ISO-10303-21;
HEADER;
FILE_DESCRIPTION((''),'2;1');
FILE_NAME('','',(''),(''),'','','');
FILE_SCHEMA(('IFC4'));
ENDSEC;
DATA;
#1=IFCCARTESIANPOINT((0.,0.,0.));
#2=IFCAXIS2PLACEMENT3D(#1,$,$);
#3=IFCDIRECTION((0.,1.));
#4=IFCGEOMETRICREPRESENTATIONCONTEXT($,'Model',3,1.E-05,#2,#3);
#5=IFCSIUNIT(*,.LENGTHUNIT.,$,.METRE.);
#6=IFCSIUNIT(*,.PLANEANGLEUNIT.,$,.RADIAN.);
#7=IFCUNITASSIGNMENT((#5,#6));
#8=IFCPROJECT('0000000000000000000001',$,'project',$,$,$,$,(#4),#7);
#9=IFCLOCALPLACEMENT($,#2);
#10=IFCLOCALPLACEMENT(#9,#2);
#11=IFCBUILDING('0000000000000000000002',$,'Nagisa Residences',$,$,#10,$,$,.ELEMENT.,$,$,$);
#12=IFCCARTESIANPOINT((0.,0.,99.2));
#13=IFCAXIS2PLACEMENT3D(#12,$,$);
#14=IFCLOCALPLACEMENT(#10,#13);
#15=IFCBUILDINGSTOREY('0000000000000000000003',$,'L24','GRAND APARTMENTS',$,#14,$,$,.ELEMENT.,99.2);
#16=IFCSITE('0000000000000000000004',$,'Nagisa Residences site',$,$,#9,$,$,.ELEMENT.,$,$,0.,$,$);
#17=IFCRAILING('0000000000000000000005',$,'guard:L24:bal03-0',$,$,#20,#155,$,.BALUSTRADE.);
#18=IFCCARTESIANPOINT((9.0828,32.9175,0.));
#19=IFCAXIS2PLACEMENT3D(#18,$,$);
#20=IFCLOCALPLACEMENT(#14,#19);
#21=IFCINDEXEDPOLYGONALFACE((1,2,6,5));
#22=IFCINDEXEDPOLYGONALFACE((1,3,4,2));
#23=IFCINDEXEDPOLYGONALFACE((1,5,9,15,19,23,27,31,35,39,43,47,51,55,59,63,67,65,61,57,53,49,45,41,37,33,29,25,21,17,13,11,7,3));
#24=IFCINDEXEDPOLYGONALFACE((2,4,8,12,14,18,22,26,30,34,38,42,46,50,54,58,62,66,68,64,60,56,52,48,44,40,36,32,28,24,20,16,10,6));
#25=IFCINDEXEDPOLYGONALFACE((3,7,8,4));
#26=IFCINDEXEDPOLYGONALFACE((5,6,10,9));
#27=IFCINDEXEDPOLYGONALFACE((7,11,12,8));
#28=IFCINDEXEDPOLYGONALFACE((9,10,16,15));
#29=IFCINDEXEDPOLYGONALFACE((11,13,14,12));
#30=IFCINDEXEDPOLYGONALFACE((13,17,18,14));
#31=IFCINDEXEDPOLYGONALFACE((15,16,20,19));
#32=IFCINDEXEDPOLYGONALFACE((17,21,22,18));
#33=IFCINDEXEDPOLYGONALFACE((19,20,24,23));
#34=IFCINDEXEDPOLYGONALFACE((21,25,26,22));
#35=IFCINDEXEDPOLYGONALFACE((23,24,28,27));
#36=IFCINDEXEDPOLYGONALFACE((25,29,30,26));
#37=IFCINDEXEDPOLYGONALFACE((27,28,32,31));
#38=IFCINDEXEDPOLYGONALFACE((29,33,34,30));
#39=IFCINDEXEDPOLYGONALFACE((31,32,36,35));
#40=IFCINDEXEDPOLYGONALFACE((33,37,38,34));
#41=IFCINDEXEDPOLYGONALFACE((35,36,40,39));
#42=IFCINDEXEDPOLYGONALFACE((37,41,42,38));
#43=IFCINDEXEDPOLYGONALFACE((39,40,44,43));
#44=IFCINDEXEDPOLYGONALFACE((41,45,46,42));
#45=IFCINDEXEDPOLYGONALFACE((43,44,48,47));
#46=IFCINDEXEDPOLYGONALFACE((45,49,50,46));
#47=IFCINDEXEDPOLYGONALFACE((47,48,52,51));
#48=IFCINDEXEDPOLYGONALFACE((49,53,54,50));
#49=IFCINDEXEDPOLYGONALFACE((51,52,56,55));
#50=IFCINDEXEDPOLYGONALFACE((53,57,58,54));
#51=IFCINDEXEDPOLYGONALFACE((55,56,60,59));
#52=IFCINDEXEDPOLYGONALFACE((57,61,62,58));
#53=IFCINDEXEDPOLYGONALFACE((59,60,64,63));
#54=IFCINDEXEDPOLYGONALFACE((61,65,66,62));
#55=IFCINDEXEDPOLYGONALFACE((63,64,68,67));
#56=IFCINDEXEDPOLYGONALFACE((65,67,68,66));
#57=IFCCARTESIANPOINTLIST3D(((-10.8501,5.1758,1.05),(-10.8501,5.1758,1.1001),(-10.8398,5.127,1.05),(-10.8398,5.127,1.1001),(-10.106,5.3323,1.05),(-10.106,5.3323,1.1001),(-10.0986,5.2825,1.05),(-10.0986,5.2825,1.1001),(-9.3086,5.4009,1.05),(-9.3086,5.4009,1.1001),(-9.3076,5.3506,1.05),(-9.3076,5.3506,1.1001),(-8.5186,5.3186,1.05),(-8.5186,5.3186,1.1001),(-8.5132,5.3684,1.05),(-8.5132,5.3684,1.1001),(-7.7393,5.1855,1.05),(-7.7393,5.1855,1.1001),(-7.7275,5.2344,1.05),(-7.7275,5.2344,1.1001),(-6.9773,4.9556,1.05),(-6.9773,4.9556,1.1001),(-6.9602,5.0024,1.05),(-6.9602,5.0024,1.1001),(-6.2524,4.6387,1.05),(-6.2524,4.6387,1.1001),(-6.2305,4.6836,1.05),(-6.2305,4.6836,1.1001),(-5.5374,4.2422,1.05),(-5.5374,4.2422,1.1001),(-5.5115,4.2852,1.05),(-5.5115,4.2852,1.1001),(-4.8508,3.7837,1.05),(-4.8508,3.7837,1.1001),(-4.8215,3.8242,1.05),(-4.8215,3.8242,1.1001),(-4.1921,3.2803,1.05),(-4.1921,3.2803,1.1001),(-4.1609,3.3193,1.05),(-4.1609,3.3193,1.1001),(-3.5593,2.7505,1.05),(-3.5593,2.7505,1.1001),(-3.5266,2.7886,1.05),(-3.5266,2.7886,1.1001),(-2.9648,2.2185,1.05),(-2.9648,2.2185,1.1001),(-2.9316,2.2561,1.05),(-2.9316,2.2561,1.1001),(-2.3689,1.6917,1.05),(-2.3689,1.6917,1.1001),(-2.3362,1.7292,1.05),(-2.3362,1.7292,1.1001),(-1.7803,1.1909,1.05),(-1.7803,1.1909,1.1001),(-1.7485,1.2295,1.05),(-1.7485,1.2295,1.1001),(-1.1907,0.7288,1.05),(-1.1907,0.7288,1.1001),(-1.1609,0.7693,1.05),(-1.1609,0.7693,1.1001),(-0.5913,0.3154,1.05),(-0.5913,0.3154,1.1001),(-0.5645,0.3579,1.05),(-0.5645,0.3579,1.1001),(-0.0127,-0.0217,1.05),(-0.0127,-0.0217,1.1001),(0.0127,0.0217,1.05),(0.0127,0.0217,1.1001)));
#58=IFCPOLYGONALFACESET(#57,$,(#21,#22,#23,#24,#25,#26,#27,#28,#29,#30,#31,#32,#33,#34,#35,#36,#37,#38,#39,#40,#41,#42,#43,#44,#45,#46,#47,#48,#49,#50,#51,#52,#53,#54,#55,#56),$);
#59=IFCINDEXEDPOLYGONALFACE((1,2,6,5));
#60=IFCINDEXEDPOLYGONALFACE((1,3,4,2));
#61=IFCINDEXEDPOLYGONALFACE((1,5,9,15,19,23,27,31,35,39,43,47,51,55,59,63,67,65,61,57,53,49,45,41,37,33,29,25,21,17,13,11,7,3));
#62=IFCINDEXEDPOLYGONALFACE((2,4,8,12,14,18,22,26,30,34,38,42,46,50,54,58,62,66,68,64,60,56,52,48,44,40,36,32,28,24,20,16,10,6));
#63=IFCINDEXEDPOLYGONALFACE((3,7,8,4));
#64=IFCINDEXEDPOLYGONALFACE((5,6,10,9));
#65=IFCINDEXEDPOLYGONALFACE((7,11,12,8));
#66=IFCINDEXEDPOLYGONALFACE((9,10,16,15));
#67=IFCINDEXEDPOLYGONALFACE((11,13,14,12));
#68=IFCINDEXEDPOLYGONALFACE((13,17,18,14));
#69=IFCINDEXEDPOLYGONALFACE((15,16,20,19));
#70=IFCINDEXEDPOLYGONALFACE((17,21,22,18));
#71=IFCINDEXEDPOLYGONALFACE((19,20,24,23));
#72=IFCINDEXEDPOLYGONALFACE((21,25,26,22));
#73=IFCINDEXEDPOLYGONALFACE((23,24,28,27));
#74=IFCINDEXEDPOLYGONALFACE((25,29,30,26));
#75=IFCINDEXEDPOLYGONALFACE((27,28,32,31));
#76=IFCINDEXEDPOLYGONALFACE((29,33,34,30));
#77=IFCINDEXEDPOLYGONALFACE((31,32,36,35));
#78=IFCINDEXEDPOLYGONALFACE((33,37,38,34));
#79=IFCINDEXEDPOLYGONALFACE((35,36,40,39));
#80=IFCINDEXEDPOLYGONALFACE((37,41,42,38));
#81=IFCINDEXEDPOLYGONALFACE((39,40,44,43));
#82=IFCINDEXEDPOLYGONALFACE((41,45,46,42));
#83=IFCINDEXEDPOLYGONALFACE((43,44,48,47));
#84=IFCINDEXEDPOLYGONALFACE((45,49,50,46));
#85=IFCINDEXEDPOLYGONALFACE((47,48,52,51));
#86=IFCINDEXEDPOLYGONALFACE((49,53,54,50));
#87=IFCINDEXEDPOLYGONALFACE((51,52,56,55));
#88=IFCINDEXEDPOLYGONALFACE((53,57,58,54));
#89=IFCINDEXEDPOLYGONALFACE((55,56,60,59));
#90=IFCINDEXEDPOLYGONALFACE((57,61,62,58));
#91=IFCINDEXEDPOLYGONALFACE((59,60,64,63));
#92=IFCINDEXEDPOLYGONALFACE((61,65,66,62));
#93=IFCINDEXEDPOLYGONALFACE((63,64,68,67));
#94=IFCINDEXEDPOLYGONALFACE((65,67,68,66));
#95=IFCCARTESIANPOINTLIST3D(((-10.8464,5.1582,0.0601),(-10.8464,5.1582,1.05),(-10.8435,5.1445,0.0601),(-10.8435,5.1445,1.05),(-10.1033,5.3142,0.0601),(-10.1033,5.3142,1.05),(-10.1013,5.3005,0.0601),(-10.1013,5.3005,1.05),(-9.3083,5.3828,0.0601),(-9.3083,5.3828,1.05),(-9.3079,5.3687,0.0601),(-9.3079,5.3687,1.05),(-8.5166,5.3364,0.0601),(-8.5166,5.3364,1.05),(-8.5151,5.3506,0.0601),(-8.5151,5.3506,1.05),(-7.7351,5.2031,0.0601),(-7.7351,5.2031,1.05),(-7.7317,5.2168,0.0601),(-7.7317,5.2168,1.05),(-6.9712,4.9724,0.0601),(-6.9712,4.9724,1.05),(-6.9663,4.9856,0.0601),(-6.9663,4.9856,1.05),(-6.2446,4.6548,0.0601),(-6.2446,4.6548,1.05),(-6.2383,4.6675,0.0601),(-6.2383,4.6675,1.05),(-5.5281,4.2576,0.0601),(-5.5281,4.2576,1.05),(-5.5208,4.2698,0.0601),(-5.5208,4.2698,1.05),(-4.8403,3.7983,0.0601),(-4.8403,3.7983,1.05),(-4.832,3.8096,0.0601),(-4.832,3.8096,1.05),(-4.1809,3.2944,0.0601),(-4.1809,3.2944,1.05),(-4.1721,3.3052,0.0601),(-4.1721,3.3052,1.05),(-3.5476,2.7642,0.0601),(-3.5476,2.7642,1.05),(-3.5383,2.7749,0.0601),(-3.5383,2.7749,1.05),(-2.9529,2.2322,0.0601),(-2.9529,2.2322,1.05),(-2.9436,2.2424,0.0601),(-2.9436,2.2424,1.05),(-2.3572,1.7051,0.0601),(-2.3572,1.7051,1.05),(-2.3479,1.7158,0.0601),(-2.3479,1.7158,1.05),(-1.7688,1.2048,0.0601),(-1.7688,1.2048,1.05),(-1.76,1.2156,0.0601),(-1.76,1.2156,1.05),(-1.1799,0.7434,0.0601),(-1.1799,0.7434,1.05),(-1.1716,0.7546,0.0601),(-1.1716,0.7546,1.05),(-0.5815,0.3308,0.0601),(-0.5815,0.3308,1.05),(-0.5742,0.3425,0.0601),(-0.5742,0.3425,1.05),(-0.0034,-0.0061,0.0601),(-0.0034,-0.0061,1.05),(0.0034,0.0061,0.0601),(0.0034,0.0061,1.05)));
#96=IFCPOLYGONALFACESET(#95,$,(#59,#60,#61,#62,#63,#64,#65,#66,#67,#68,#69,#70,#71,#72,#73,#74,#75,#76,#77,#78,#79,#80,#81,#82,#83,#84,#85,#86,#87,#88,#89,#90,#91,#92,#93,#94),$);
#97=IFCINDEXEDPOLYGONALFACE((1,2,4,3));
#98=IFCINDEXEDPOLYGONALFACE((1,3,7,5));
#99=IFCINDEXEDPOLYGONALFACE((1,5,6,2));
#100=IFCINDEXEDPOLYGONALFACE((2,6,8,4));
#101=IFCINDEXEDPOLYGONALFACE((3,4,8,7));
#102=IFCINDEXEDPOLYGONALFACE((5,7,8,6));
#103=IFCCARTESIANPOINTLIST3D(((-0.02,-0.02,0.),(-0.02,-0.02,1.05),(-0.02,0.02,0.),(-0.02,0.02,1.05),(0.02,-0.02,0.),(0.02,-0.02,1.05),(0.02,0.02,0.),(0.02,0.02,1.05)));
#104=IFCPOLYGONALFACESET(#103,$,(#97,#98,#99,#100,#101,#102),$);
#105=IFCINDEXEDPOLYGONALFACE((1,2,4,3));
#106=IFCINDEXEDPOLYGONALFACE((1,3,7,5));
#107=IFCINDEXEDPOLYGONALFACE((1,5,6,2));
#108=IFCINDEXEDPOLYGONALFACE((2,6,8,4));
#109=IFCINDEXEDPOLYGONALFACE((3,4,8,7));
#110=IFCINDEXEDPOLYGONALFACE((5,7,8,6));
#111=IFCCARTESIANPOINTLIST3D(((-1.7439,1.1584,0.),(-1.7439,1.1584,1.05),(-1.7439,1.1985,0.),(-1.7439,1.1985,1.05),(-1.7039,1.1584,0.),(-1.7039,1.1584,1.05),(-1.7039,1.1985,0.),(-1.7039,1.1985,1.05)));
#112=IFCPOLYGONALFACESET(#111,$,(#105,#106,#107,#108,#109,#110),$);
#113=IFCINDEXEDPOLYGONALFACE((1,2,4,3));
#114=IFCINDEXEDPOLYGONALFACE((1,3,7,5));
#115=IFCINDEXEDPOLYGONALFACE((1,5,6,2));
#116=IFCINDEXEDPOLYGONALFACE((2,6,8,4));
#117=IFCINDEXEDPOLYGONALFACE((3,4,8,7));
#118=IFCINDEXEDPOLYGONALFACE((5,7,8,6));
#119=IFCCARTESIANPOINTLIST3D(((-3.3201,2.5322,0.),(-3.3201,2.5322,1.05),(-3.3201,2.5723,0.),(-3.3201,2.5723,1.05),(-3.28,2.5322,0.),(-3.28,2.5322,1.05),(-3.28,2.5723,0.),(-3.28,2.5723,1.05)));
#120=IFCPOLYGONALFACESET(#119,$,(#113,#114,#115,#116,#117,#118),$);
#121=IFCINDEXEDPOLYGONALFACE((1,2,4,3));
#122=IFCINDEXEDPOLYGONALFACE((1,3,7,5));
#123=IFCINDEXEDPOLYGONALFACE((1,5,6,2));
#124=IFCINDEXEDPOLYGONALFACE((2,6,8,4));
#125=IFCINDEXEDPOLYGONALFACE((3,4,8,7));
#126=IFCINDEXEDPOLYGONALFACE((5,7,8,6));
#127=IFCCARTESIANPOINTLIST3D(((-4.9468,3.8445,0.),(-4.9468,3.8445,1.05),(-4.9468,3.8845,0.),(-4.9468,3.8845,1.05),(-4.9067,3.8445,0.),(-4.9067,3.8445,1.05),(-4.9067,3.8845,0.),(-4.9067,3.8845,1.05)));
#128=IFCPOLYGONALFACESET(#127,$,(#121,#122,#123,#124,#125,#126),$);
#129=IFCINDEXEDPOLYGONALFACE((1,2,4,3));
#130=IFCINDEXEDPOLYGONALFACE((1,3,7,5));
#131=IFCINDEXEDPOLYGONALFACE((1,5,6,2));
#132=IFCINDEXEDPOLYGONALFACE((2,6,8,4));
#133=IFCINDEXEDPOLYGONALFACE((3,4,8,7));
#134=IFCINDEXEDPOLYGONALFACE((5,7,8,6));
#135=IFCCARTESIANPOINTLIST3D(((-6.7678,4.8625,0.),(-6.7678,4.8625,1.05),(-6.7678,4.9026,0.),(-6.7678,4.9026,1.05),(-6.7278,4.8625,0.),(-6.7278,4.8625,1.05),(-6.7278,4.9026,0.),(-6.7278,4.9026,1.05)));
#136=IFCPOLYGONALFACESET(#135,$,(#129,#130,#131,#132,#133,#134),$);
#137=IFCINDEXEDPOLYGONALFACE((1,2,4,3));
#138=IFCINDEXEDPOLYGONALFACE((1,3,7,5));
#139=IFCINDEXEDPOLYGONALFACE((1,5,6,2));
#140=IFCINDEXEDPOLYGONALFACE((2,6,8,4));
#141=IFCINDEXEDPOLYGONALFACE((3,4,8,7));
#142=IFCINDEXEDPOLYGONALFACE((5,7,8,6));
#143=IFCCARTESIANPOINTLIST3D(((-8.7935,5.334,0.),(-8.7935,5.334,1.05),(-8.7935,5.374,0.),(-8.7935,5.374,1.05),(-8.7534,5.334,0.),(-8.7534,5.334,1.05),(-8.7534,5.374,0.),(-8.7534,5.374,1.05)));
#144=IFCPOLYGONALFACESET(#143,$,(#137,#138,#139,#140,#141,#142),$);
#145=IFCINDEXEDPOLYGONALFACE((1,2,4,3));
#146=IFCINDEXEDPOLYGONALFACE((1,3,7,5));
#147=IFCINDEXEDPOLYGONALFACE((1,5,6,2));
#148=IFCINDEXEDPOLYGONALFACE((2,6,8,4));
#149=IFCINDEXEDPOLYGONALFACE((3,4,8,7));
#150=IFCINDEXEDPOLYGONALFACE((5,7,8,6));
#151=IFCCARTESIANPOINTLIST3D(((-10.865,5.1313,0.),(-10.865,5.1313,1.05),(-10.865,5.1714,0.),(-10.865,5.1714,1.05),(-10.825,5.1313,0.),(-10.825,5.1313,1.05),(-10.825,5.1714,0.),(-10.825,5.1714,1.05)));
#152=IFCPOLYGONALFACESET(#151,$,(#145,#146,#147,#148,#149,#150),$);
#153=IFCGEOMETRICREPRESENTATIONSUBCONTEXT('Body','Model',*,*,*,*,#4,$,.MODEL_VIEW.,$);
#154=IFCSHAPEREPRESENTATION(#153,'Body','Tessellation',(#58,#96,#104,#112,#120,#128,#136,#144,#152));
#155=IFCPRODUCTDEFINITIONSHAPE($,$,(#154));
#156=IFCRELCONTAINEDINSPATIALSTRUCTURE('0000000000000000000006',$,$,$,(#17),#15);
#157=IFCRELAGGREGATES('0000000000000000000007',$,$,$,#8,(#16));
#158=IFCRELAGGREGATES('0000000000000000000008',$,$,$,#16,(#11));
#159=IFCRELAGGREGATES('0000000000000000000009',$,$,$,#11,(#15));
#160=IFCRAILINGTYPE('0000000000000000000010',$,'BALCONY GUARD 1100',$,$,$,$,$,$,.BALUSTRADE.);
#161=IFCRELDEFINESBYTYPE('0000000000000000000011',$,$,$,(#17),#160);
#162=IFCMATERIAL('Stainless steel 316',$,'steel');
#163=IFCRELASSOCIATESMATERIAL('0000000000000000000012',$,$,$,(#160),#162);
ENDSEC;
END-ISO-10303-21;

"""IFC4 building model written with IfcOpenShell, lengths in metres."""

from ifc_helpers import new_model, si_unit, direction, frame, origin, origin_2d, place, context, subcontext, project, spatial, polyline, rectangle, outline, extrude, material, type_object, element, save


model = new_model("IFC4")

# Units and contexts
model_context = context("Model", 3, precision=1e-05, world=origin(), true_north=direction((0.0, 1.0)))
body_context = subcontext(model_context, "Body", "Model", "MODEL_VIEW")
ifc_project = project(units=[si_unit("LENGTHUNIT", "METRE"), si_unit("PLANEANGLEUNIT", "RADIAN")], contexts=[model_context])

# Site, building, storey
site_placement = place(None, origin())
site = spatial("IfcSite", under=ifc_project, at=site_placement, Name="Nagisa Residences site", CompositionType="ELEMENT", RefElevation=0.0)
building_placement = place(site_placement, origin())
building = spatial("IfcBuilding", under=site, at=building_placement, Name="Nagisa Residences", CompositionType="ELEMENT")
storey_placement = place(building_placement, frame((0.0, 0.0, 99.2)))
storey = spatial("IfcBuildingStorey", under=building, at=storey_placement, Name="L24", Description="GRAND APARTMENTS", CompositionType="ELEMENT", Elevation=99.2)

# Railing
ifc_material_1 = material(Name="Stainless steel 316", Category="steel")
railing_type = type_object("IfcRailingType", Name="BALCONY GUARD 1100", PredefinedType="BALUSTRADE", material=ifc_material_1)
railing_placement = place(storey_placement, frame((9.0828, 32.9175, 0.0)))
element("IfcRailing", 1, at=railing_placement, inside=storey, type_object=railing_type, Name="guard:L24:bal03-0", PredefinedType="BALUSTRADE", context=body_context, shape_type="SweptSolid", body=[
    extrude(outline(polyline([(-0.5913, 0.3154), (-0.0127, -0.0217), (0.0127, 0.0217), (-0.5645, 0.3579), (-1.1609, 0.7693), (-1.7485, 1.2295), (-2.3362, 1.7292), (-2.9316, 2.2561), (-3.5266, 2.7886), (-4.1609, 3.3193), (-4.8215, 3.8242), (-5.5115, 4.2852), (-6.2305, 4.6836), (-6.9602, 5.0024), (-7.7275, 5.2344), (-8.5132, 5.3684), (-9.3086, 5.4009), (-10.106, 5.3323), (-10.8501, 5.1758), (-10.8398, 5.127), (-10.0986, 5.2825), (-9.3076, 5.3506), (-8.5186, 5.3186), (-7.7393, 5.1855), (-6.9773, 4.9556), (-6.2524, 4.6387), (-5.5374, 4.2422), (-4.8508, 3.7837), (-4.1921, 3.2803), (-3.5593, 2.7505), (-2.9648, 2.2185), (-2.3689, 1.6917), (-1.7803, 1.1909), (-1.1907, 0.7288), (-0.5913, 0.3154)])), frame((0.0, 0.0, 1.05)), (0.0, 0.0, 1.0), 0.05),
    extrude(outline(polyline([(-0.5815, 0.3308), (-0.0034, -0.0061), (0.0034, 0.0061), (-0.5742, 0.3425), (-1.1716, 0.7546), (-1.76, 1.2156), (-2.3479, 1.7158), (-2.9436, 2.2424), (-3.5383, 2.7749), (-4.1721, 3.3052), (-4.832, 3.8096), (-5.5208, 4.2698), (-6.2383, 4.6675), (-6.9663, 4.9856), (-7.7317, 5.2168), (-8.5151, 5.3506), (-9.3083, 5.3828), (-10.1033, 5.3142), (-10.8464, 5.1582), (-10.8435, 5.1445), (-10.1013, 5.3005), (-9.3079, 5.3687), (-8.5166, 5.3364), (-7.7351, 5.2031), (-6.9712, 4.9724), (-6.2446, 4.6548), (-5.5281, 4.2576), (-4.8403, 3.7983), (-4.1809, 3.2944), (-3.5476, 2.7642), (-2.9529, 2.2322), (-2.3572, 1.7051), (-1.7688, 1.2048), (-1.1799, 0.7434), (-0.5815, 0.3308)])), frame((0.0, 0.0, 0.0601)), (0.0, 0.0, 1.0), 0.99),
    extrude(rectangle(XDim=0.04, YDim=0.04, at=origin_2d()), origin(), (0.0, 0.0, 1.0), 1.05),
    extrude(rectangle(XDim=0.04, YDim=0.04, at=origin_2d()), frame((-1.7239, 1.1785, 0.0)), (0.0, 0.0, 1.0), 1.05),
    extrude(rectangle(XDim=0.04, YDim=0.04, at=origin_2d()), frame((-3.3, 2.5522, 0.0)), (0.0, 0.0, 1.0), 1.05),
    extrude(rectangle(XDim=0.04, YDim=0.04, at=origin_2d()), frame((-4.9268, 3.8645, 0.0)), (0.0, 0.0, 1.0), 1.05),
    extrude(rectangle(XDim=0.04, YDim=0.04, at=origin_2d()), frame((-6.7478, 4.8826, 0.0)), (0.0, 0.0, 1.0), 1.05),
    extrude(rectangle(XDim=0.04, YDim=0.04, at=origin_2d()), frame((-8.7734, 5.354, 0.0)), (0.0, 0.0, 1.0), 1.05),
    extrude(rectangle(XDim=0.04, YDim=0.04, at=origin_2d()), frame((-10.845, 5.1514, 0.0)), (0.0, 0.0, 1.0), 1.05),
])

save(model, "model.ifc")
